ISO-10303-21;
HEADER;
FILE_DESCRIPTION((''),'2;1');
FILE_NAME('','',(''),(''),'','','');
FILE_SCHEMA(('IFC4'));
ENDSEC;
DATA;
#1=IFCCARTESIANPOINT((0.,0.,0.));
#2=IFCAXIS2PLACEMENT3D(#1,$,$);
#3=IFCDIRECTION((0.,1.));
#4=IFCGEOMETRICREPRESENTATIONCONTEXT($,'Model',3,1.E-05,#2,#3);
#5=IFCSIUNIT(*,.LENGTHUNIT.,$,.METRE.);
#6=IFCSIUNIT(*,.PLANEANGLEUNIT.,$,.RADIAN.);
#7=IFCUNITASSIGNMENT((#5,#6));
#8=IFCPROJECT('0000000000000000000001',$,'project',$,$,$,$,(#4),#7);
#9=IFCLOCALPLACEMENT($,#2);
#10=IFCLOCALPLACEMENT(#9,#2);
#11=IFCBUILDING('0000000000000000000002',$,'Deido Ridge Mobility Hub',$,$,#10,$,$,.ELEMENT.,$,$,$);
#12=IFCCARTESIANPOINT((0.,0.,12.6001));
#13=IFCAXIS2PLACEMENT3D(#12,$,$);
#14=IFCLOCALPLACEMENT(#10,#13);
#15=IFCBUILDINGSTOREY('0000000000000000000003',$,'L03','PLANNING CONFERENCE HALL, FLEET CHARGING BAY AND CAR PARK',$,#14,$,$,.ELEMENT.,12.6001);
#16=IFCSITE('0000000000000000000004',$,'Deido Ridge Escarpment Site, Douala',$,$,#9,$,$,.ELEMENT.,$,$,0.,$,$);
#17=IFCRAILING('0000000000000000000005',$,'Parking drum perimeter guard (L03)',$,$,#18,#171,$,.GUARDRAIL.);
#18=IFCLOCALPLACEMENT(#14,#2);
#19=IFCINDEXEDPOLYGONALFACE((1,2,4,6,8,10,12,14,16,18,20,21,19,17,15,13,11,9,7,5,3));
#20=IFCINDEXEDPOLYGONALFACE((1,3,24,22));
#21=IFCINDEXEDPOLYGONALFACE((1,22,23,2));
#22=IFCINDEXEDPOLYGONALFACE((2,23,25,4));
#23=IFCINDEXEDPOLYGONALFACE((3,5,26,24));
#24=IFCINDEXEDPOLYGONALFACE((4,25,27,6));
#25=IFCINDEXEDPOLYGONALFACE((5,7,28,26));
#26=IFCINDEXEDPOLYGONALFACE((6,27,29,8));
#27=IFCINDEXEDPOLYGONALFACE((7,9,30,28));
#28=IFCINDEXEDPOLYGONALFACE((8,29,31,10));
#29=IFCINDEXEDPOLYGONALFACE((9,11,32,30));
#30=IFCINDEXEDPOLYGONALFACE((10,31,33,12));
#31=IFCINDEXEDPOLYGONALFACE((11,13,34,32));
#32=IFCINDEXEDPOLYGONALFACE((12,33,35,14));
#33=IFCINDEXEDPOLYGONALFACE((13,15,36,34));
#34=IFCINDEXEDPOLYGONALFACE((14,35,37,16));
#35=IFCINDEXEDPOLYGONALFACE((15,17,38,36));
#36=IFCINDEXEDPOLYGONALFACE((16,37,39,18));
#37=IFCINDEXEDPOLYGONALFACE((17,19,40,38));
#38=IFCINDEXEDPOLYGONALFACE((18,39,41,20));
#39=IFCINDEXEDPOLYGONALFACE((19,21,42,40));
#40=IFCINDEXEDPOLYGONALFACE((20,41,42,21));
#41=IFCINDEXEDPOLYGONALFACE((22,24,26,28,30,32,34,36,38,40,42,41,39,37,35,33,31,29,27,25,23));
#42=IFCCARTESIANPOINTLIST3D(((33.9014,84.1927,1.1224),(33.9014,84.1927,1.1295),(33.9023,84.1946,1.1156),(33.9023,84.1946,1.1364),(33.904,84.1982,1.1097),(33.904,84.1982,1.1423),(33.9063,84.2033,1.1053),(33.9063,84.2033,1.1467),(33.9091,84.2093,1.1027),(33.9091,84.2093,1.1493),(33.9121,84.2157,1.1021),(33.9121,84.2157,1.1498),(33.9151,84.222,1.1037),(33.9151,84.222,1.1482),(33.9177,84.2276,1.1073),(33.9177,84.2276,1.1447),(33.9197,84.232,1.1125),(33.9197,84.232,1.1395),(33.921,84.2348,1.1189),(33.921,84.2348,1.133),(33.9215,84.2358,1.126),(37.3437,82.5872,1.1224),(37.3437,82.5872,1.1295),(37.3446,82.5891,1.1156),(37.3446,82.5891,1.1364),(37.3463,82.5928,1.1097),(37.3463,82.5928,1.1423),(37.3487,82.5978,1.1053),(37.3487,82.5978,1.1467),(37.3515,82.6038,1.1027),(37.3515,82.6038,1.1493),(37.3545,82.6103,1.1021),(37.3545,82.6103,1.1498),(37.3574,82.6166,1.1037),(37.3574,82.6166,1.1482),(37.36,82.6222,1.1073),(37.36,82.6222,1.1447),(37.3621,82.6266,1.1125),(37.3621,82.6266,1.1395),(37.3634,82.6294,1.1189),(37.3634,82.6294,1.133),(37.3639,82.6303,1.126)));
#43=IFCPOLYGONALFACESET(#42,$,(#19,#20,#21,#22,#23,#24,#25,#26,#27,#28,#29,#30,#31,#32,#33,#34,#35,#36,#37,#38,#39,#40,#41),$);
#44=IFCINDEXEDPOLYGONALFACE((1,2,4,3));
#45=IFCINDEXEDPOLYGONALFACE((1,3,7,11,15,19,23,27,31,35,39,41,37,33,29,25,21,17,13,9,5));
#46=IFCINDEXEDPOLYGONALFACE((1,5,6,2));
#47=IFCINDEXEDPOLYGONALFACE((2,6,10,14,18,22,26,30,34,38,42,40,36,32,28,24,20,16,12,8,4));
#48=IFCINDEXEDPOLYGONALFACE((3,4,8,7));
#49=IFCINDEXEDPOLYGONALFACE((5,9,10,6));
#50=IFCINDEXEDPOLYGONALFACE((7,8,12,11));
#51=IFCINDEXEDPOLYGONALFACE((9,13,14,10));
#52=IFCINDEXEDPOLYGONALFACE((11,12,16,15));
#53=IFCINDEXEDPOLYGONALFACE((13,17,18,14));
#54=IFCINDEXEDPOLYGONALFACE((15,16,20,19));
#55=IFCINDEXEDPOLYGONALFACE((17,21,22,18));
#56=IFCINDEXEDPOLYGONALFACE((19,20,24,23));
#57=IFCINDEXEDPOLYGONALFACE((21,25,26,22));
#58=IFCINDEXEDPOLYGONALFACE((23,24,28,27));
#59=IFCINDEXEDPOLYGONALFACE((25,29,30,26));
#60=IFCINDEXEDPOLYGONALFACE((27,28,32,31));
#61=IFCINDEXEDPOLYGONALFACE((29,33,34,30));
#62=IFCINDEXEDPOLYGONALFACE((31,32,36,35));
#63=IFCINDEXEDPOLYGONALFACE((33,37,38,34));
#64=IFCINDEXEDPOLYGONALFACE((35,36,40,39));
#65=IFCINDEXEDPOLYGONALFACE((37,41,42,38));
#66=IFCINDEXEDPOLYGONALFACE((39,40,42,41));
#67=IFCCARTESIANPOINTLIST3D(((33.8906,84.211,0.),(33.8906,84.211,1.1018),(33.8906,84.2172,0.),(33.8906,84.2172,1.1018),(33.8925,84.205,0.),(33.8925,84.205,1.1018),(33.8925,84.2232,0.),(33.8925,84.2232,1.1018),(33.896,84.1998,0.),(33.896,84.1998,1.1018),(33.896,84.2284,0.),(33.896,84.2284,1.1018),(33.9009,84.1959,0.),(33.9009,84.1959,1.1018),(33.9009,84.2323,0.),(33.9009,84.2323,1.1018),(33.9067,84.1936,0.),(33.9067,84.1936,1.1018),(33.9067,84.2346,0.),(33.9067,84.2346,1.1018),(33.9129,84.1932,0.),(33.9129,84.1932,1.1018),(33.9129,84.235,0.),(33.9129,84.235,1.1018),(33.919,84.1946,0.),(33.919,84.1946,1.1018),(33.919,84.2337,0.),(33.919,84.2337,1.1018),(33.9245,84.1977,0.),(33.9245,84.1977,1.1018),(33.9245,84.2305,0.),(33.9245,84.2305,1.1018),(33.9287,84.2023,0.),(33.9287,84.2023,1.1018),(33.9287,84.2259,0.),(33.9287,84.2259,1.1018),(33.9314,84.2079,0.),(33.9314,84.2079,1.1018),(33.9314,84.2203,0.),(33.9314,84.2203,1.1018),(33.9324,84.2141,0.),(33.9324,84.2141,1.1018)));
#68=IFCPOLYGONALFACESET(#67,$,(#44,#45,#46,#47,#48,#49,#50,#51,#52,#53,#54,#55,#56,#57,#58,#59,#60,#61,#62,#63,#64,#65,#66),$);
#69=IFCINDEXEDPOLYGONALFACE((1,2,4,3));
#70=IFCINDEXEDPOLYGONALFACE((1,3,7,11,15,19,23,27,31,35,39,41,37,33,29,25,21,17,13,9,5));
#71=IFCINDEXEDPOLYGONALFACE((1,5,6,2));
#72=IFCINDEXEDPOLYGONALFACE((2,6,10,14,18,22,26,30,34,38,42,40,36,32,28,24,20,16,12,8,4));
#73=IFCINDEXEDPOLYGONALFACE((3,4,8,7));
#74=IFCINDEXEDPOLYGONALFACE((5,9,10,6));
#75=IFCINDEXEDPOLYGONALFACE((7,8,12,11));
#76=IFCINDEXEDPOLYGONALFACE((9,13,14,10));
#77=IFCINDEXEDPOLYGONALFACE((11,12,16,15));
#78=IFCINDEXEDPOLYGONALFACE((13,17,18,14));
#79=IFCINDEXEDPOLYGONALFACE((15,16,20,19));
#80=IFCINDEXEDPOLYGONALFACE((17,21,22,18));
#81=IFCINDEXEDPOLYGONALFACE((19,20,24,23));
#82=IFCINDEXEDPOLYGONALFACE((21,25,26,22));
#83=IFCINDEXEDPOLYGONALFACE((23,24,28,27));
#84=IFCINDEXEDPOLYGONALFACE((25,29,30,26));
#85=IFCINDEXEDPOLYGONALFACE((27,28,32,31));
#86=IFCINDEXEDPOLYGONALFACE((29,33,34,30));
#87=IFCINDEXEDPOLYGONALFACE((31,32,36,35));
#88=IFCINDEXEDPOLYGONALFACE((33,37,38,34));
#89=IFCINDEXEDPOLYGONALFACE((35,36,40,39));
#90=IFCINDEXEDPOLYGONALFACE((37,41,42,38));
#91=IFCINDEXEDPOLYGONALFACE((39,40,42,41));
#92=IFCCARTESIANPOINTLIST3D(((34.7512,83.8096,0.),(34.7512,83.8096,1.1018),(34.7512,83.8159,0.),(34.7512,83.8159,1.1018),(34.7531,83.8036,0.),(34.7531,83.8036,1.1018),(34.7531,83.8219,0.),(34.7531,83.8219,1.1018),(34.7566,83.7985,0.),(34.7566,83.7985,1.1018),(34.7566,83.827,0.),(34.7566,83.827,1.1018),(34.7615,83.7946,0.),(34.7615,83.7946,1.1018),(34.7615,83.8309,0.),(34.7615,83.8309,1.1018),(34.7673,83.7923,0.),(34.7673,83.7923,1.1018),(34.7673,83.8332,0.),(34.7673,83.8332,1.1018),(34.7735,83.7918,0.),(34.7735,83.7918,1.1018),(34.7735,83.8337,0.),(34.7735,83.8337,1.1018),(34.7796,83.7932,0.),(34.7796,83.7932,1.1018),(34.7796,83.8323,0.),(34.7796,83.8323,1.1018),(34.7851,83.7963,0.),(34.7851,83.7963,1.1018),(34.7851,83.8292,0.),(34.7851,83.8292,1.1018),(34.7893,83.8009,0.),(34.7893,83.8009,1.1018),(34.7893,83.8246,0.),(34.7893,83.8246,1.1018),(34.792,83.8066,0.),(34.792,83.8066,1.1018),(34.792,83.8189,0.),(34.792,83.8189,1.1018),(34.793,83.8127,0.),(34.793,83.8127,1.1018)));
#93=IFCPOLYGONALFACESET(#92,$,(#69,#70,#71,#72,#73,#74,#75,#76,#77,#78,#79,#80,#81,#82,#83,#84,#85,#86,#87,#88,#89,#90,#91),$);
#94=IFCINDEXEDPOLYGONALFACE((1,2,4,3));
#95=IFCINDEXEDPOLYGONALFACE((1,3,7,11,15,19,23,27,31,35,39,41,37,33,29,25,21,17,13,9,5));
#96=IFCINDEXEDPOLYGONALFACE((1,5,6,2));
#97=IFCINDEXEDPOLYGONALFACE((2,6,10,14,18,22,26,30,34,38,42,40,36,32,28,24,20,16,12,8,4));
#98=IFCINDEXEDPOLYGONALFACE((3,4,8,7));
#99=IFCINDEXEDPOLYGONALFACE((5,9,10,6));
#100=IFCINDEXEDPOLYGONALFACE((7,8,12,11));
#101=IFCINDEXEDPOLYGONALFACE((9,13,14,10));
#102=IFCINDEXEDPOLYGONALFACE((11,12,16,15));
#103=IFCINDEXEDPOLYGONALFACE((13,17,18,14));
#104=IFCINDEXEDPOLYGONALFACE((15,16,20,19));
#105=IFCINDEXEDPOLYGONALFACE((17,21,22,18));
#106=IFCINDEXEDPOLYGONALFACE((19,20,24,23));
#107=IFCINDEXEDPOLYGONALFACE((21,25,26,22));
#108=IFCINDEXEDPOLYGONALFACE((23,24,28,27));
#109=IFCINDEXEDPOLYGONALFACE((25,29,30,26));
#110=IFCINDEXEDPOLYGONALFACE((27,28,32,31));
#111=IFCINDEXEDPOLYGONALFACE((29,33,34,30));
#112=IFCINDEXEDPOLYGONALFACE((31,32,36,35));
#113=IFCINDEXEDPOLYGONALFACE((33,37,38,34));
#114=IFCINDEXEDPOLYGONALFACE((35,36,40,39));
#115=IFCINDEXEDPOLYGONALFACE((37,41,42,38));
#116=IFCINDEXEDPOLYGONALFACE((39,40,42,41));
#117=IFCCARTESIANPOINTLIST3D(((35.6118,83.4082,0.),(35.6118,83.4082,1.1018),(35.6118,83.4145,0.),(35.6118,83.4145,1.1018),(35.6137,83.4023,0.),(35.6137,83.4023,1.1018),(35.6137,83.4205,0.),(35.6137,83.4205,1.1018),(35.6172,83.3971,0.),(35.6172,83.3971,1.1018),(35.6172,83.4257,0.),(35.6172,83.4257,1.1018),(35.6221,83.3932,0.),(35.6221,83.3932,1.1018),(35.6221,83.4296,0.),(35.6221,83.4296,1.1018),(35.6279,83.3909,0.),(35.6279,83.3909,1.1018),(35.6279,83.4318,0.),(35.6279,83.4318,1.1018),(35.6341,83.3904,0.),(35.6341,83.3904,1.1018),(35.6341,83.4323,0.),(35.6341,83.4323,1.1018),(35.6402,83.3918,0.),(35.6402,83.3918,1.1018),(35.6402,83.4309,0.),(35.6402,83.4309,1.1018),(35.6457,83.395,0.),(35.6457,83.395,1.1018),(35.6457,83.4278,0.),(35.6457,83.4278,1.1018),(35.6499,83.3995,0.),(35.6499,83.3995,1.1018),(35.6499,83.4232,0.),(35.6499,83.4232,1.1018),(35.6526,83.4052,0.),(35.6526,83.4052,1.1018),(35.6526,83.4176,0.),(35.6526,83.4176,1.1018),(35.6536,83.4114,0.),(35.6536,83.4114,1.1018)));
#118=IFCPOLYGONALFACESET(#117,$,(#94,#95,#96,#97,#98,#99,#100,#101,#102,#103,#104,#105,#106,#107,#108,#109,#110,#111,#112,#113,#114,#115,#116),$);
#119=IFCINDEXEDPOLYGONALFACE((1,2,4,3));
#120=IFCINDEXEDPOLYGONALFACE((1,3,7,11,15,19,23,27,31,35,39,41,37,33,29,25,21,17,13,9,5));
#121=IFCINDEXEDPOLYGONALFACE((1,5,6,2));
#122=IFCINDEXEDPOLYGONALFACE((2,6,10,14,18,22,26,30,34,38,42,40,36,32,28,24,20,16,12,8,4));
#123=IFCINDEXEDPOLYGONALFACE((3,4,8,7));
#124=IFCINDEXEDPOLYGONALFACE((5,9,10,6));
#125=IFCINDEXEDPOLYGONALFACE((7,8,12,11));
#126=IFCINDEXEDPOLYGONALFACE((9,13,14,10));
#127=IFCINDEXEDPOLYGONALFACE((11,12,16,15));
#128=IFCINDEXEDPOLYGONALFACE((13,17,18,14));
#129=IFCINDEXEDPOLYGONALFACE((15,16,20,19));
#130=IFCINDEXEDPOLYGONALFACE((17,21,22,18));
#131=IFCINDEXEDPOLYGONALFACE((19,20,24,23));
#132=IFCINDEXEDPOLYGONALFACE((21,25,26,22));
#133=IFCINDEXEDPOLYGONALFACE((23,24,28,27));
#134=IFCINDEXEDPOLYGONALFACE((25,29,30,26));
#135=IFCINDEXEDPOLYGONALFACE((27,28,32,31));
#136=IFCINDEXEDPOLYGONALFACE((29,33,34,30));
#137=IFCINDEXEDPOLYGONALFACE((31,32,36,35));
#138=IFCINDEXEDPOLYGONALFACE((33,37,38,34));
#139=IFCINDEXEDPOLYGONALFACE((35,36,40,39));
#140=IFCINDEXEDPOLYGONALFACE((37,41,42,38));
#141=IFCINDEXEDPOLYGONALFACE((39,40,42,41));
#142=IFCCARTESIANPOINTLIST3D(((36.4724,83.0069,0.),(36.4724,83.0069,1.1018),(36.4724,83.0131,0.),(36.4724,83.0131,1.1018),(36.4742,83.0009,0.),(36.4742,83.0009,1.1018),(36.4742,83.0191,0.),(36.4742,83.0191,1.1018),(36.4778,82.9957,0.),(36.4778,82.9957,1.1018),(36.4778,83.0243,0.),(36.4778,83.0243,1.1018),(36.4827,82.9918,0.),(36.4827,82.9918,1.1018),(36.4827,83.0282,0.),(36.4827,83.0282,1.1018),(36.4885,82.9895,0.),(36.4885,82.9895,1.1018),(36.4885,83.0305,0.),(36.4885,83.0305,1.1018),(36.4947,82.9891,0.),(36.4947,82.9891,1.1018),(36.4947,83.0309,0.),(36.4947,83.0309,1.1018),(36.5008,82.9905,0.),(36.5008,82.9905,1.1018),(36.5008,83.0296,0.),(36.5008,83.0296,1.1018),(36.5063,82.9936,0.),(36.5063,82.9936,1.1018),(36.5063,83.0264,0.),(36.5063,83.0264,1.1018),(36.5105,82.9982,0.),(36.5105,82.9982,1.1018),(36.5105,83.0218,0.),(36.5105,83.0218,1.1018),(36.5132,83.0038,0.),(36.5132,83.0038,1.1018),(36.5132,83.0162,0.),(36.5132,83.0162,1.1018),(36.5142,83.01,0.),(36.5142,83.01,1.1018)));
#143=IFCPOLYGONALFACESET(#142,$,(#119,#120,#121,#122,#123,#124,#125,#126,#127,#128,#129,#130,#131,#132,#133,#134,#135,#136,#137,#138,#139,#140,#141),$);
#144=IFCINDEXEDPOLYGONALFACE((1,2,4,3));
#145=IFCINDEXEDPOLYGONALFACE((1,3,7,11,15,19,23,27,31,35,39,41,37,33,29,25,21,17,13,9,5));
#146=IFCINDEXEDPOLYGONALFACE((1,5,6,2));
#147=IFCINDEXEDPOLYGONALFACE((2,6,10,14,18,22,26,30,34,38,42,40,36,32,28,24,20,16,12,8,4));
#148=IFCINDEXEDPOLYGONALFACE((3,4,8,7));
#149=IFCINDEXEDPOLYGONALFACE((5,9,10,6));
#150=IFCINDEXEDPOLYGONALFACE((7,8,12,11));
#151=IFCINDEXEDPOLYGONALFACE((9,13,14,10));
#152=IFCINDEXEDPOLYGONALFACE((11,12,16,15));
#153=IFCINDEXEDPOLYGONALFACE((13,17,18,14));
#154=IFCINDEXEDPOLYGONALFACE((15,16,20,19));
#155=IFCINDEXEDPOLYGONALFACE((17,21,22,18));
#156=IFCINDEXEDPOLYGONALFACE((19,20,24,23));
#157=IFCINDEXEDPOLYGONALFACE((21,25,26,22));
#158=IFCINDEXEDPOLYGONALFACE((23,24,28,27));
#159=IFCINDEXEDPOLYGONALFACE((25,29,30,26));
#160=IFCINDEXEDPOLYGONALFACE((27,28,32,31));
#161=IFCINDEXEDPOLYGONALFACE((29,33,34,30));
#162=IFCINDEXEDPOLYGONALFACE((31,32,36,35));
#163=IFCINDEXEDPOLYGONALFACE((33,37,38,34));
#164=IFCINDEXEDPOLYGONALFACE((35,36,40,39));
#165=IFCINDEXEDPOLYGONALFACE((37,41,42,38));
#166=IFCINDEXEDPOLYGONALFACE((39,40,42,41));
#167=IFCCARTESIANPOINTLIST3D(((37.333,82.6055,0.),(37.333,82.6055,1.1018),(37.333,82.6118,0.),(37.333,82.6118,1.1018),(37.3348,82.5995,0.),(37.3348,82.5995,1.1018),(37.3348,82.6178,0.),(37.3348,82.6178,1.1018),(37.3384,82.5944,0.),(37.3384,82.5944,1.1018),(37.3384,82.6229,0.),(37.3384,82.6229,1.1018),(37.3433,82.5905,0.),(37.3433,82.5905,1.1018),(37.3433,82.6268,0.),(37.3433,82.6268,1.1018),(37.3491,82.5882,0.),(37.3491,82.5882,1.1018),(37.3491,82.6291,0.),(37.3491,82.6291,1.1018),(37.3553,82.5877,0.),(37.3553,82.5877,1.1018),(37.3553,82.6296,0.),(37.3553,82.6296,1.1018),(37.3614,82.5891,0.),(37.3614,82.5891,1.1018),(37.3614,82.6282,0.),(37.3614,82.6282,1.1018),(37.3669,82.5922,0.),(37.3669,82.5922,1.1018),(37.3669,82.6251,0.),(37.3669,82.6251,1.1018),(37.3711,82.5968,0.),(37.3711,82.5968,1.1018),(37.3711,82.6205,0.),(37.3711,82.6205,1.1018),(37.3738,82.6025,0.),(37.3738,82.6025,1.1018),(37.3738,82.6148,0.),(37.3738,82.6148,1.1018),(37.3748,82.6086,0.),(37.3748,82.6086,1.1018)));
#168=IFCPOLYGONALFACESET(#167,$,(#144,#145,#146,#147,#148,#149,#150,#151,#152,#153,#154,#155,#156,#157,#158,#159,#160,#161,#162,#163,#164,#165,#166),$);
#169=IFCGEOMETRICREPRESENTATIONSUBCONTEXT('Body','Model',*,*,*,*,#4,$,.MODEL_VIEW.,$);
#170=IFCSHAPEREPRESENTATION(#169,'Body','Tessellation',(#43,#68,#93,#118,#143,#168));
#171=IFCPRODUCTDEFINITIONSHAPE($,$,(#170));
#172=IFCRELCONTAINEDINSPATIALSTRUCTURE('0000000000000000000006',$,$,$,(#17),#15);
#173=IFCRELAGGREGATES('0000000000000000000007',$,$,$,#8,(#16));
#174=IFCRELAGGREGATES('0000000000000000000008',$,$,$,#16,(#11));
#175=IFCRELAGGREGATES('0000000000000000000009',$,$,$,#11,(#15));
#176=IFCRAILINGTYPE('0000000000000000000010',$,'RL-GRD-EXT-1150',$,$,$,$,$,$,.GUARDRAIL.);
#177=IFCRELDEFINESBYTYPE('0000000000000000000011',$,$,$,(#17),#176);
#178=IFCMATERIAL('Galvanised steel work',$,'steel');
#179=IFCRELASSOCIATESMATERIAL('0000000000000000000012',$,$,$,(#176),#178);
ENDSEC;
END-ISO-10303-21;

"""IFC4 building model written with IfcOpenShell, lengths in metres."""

from ifc_helpers import new_model, si_unit, direction, frame, origin, origin_2d, place, context, subcontext, project, spatial, circle, extrude, material, type_object, element, save


model = new_model("IFC4")

# Units and contexts
model_context = context("Model", 3, precision=1e-05, world=origin(), true_north=direction((0.0, 1.0)))
body_context = subcontext(model_context, "Body", "Model", "MODEL_VIEW")
ifc_project = project(units=[si_unit("LENGTHUNIT", "METRE"), si_unit("PLANEANGLEUNIT", "RADIAN")], contexts=[model_context])

# Site, building, storey
site_placement = place(None, origin())
site = spatial("IfcSite", under=ifc_project, at=site_placement, Name="Deido Ridge Escarpment Site, Douala", CompositionType="ELEMENT", RefElevation=0.0)
building_placement = place(site_placement, origin())
building = spatial("IfcBuilding", under=site, at=building_placement, Name="Deido Ridge Mobility Hub", CompositionType="ELEMENT")
storey_placement = place(building_placement, frame((0.0, 0.0, 12.6001)))
storey = spatial("IfcBuildingStorey", under=building, at=storey_placement, Name="L03", Description="PLANNING CONFERENCE HALL, FLEET CHARGING BAY AND CAR PARK", CompositionType="ELEMENT", Elevation=12.6001)

# Railing
ifc_material_1 = material(Name="Galvanised steel work", Category="steel")
railing_type = type_object("IfcRailingType", Name="RL-GRD-EXT-1150", PredefinedType="GUARDRAIL", material=ifc_material_1)
railing_1_placement = place(storey_placement, frame((33.9114, 84.2141, 0.0)))
element("IfcRailing", 1, at=railing_1_placement, inside=storey, type_object=railing_type, Name="Parking drum perimeter guard (L03)", PredefinedType="GUARDRAIL", context=body_context, shape_type="SweptSolid", body=[
    extrude(circle(Radius=0.0239, at=origin_2d()), frame((0.0, 0.0, 1.126), z_axis=(0.906282, -0.422674, 0.0), x_axis=(0.422674, 0.906282, 0.0)), (0.0, 0.0, 1.0), 3.7983),
    extrude(circle(Radius=0.021, at=origin_2d()), origin(), (0.0, 0.0, 1.0), 1.1018),
    extrude(circle(Radius=0.021, at=origin_2d()), frame((0.8606, -0.4014, 0.0)), (0.0, 0.0, 1.0), 1.1018),
    extrude(circle(Radius=0.021, at=origin_2d()), frame((1.7212, -0.8027, 0.0)), (0.0, 0.0, 1.0), 1.1018),
    extrude(circle(Radius=0.021, at=origin_2d()), frame((2.5818, -1.2041, 0.0)), (0.0, 0.0, 1.0), 1.1018),
    extrude(circle(Radius=0.021, at=origin_2d()), frame((3.4424, -1.6055, 0.0)), (0.0, 0.0, 1.0), 1.1018),
])

save(model, "model.ifc")
